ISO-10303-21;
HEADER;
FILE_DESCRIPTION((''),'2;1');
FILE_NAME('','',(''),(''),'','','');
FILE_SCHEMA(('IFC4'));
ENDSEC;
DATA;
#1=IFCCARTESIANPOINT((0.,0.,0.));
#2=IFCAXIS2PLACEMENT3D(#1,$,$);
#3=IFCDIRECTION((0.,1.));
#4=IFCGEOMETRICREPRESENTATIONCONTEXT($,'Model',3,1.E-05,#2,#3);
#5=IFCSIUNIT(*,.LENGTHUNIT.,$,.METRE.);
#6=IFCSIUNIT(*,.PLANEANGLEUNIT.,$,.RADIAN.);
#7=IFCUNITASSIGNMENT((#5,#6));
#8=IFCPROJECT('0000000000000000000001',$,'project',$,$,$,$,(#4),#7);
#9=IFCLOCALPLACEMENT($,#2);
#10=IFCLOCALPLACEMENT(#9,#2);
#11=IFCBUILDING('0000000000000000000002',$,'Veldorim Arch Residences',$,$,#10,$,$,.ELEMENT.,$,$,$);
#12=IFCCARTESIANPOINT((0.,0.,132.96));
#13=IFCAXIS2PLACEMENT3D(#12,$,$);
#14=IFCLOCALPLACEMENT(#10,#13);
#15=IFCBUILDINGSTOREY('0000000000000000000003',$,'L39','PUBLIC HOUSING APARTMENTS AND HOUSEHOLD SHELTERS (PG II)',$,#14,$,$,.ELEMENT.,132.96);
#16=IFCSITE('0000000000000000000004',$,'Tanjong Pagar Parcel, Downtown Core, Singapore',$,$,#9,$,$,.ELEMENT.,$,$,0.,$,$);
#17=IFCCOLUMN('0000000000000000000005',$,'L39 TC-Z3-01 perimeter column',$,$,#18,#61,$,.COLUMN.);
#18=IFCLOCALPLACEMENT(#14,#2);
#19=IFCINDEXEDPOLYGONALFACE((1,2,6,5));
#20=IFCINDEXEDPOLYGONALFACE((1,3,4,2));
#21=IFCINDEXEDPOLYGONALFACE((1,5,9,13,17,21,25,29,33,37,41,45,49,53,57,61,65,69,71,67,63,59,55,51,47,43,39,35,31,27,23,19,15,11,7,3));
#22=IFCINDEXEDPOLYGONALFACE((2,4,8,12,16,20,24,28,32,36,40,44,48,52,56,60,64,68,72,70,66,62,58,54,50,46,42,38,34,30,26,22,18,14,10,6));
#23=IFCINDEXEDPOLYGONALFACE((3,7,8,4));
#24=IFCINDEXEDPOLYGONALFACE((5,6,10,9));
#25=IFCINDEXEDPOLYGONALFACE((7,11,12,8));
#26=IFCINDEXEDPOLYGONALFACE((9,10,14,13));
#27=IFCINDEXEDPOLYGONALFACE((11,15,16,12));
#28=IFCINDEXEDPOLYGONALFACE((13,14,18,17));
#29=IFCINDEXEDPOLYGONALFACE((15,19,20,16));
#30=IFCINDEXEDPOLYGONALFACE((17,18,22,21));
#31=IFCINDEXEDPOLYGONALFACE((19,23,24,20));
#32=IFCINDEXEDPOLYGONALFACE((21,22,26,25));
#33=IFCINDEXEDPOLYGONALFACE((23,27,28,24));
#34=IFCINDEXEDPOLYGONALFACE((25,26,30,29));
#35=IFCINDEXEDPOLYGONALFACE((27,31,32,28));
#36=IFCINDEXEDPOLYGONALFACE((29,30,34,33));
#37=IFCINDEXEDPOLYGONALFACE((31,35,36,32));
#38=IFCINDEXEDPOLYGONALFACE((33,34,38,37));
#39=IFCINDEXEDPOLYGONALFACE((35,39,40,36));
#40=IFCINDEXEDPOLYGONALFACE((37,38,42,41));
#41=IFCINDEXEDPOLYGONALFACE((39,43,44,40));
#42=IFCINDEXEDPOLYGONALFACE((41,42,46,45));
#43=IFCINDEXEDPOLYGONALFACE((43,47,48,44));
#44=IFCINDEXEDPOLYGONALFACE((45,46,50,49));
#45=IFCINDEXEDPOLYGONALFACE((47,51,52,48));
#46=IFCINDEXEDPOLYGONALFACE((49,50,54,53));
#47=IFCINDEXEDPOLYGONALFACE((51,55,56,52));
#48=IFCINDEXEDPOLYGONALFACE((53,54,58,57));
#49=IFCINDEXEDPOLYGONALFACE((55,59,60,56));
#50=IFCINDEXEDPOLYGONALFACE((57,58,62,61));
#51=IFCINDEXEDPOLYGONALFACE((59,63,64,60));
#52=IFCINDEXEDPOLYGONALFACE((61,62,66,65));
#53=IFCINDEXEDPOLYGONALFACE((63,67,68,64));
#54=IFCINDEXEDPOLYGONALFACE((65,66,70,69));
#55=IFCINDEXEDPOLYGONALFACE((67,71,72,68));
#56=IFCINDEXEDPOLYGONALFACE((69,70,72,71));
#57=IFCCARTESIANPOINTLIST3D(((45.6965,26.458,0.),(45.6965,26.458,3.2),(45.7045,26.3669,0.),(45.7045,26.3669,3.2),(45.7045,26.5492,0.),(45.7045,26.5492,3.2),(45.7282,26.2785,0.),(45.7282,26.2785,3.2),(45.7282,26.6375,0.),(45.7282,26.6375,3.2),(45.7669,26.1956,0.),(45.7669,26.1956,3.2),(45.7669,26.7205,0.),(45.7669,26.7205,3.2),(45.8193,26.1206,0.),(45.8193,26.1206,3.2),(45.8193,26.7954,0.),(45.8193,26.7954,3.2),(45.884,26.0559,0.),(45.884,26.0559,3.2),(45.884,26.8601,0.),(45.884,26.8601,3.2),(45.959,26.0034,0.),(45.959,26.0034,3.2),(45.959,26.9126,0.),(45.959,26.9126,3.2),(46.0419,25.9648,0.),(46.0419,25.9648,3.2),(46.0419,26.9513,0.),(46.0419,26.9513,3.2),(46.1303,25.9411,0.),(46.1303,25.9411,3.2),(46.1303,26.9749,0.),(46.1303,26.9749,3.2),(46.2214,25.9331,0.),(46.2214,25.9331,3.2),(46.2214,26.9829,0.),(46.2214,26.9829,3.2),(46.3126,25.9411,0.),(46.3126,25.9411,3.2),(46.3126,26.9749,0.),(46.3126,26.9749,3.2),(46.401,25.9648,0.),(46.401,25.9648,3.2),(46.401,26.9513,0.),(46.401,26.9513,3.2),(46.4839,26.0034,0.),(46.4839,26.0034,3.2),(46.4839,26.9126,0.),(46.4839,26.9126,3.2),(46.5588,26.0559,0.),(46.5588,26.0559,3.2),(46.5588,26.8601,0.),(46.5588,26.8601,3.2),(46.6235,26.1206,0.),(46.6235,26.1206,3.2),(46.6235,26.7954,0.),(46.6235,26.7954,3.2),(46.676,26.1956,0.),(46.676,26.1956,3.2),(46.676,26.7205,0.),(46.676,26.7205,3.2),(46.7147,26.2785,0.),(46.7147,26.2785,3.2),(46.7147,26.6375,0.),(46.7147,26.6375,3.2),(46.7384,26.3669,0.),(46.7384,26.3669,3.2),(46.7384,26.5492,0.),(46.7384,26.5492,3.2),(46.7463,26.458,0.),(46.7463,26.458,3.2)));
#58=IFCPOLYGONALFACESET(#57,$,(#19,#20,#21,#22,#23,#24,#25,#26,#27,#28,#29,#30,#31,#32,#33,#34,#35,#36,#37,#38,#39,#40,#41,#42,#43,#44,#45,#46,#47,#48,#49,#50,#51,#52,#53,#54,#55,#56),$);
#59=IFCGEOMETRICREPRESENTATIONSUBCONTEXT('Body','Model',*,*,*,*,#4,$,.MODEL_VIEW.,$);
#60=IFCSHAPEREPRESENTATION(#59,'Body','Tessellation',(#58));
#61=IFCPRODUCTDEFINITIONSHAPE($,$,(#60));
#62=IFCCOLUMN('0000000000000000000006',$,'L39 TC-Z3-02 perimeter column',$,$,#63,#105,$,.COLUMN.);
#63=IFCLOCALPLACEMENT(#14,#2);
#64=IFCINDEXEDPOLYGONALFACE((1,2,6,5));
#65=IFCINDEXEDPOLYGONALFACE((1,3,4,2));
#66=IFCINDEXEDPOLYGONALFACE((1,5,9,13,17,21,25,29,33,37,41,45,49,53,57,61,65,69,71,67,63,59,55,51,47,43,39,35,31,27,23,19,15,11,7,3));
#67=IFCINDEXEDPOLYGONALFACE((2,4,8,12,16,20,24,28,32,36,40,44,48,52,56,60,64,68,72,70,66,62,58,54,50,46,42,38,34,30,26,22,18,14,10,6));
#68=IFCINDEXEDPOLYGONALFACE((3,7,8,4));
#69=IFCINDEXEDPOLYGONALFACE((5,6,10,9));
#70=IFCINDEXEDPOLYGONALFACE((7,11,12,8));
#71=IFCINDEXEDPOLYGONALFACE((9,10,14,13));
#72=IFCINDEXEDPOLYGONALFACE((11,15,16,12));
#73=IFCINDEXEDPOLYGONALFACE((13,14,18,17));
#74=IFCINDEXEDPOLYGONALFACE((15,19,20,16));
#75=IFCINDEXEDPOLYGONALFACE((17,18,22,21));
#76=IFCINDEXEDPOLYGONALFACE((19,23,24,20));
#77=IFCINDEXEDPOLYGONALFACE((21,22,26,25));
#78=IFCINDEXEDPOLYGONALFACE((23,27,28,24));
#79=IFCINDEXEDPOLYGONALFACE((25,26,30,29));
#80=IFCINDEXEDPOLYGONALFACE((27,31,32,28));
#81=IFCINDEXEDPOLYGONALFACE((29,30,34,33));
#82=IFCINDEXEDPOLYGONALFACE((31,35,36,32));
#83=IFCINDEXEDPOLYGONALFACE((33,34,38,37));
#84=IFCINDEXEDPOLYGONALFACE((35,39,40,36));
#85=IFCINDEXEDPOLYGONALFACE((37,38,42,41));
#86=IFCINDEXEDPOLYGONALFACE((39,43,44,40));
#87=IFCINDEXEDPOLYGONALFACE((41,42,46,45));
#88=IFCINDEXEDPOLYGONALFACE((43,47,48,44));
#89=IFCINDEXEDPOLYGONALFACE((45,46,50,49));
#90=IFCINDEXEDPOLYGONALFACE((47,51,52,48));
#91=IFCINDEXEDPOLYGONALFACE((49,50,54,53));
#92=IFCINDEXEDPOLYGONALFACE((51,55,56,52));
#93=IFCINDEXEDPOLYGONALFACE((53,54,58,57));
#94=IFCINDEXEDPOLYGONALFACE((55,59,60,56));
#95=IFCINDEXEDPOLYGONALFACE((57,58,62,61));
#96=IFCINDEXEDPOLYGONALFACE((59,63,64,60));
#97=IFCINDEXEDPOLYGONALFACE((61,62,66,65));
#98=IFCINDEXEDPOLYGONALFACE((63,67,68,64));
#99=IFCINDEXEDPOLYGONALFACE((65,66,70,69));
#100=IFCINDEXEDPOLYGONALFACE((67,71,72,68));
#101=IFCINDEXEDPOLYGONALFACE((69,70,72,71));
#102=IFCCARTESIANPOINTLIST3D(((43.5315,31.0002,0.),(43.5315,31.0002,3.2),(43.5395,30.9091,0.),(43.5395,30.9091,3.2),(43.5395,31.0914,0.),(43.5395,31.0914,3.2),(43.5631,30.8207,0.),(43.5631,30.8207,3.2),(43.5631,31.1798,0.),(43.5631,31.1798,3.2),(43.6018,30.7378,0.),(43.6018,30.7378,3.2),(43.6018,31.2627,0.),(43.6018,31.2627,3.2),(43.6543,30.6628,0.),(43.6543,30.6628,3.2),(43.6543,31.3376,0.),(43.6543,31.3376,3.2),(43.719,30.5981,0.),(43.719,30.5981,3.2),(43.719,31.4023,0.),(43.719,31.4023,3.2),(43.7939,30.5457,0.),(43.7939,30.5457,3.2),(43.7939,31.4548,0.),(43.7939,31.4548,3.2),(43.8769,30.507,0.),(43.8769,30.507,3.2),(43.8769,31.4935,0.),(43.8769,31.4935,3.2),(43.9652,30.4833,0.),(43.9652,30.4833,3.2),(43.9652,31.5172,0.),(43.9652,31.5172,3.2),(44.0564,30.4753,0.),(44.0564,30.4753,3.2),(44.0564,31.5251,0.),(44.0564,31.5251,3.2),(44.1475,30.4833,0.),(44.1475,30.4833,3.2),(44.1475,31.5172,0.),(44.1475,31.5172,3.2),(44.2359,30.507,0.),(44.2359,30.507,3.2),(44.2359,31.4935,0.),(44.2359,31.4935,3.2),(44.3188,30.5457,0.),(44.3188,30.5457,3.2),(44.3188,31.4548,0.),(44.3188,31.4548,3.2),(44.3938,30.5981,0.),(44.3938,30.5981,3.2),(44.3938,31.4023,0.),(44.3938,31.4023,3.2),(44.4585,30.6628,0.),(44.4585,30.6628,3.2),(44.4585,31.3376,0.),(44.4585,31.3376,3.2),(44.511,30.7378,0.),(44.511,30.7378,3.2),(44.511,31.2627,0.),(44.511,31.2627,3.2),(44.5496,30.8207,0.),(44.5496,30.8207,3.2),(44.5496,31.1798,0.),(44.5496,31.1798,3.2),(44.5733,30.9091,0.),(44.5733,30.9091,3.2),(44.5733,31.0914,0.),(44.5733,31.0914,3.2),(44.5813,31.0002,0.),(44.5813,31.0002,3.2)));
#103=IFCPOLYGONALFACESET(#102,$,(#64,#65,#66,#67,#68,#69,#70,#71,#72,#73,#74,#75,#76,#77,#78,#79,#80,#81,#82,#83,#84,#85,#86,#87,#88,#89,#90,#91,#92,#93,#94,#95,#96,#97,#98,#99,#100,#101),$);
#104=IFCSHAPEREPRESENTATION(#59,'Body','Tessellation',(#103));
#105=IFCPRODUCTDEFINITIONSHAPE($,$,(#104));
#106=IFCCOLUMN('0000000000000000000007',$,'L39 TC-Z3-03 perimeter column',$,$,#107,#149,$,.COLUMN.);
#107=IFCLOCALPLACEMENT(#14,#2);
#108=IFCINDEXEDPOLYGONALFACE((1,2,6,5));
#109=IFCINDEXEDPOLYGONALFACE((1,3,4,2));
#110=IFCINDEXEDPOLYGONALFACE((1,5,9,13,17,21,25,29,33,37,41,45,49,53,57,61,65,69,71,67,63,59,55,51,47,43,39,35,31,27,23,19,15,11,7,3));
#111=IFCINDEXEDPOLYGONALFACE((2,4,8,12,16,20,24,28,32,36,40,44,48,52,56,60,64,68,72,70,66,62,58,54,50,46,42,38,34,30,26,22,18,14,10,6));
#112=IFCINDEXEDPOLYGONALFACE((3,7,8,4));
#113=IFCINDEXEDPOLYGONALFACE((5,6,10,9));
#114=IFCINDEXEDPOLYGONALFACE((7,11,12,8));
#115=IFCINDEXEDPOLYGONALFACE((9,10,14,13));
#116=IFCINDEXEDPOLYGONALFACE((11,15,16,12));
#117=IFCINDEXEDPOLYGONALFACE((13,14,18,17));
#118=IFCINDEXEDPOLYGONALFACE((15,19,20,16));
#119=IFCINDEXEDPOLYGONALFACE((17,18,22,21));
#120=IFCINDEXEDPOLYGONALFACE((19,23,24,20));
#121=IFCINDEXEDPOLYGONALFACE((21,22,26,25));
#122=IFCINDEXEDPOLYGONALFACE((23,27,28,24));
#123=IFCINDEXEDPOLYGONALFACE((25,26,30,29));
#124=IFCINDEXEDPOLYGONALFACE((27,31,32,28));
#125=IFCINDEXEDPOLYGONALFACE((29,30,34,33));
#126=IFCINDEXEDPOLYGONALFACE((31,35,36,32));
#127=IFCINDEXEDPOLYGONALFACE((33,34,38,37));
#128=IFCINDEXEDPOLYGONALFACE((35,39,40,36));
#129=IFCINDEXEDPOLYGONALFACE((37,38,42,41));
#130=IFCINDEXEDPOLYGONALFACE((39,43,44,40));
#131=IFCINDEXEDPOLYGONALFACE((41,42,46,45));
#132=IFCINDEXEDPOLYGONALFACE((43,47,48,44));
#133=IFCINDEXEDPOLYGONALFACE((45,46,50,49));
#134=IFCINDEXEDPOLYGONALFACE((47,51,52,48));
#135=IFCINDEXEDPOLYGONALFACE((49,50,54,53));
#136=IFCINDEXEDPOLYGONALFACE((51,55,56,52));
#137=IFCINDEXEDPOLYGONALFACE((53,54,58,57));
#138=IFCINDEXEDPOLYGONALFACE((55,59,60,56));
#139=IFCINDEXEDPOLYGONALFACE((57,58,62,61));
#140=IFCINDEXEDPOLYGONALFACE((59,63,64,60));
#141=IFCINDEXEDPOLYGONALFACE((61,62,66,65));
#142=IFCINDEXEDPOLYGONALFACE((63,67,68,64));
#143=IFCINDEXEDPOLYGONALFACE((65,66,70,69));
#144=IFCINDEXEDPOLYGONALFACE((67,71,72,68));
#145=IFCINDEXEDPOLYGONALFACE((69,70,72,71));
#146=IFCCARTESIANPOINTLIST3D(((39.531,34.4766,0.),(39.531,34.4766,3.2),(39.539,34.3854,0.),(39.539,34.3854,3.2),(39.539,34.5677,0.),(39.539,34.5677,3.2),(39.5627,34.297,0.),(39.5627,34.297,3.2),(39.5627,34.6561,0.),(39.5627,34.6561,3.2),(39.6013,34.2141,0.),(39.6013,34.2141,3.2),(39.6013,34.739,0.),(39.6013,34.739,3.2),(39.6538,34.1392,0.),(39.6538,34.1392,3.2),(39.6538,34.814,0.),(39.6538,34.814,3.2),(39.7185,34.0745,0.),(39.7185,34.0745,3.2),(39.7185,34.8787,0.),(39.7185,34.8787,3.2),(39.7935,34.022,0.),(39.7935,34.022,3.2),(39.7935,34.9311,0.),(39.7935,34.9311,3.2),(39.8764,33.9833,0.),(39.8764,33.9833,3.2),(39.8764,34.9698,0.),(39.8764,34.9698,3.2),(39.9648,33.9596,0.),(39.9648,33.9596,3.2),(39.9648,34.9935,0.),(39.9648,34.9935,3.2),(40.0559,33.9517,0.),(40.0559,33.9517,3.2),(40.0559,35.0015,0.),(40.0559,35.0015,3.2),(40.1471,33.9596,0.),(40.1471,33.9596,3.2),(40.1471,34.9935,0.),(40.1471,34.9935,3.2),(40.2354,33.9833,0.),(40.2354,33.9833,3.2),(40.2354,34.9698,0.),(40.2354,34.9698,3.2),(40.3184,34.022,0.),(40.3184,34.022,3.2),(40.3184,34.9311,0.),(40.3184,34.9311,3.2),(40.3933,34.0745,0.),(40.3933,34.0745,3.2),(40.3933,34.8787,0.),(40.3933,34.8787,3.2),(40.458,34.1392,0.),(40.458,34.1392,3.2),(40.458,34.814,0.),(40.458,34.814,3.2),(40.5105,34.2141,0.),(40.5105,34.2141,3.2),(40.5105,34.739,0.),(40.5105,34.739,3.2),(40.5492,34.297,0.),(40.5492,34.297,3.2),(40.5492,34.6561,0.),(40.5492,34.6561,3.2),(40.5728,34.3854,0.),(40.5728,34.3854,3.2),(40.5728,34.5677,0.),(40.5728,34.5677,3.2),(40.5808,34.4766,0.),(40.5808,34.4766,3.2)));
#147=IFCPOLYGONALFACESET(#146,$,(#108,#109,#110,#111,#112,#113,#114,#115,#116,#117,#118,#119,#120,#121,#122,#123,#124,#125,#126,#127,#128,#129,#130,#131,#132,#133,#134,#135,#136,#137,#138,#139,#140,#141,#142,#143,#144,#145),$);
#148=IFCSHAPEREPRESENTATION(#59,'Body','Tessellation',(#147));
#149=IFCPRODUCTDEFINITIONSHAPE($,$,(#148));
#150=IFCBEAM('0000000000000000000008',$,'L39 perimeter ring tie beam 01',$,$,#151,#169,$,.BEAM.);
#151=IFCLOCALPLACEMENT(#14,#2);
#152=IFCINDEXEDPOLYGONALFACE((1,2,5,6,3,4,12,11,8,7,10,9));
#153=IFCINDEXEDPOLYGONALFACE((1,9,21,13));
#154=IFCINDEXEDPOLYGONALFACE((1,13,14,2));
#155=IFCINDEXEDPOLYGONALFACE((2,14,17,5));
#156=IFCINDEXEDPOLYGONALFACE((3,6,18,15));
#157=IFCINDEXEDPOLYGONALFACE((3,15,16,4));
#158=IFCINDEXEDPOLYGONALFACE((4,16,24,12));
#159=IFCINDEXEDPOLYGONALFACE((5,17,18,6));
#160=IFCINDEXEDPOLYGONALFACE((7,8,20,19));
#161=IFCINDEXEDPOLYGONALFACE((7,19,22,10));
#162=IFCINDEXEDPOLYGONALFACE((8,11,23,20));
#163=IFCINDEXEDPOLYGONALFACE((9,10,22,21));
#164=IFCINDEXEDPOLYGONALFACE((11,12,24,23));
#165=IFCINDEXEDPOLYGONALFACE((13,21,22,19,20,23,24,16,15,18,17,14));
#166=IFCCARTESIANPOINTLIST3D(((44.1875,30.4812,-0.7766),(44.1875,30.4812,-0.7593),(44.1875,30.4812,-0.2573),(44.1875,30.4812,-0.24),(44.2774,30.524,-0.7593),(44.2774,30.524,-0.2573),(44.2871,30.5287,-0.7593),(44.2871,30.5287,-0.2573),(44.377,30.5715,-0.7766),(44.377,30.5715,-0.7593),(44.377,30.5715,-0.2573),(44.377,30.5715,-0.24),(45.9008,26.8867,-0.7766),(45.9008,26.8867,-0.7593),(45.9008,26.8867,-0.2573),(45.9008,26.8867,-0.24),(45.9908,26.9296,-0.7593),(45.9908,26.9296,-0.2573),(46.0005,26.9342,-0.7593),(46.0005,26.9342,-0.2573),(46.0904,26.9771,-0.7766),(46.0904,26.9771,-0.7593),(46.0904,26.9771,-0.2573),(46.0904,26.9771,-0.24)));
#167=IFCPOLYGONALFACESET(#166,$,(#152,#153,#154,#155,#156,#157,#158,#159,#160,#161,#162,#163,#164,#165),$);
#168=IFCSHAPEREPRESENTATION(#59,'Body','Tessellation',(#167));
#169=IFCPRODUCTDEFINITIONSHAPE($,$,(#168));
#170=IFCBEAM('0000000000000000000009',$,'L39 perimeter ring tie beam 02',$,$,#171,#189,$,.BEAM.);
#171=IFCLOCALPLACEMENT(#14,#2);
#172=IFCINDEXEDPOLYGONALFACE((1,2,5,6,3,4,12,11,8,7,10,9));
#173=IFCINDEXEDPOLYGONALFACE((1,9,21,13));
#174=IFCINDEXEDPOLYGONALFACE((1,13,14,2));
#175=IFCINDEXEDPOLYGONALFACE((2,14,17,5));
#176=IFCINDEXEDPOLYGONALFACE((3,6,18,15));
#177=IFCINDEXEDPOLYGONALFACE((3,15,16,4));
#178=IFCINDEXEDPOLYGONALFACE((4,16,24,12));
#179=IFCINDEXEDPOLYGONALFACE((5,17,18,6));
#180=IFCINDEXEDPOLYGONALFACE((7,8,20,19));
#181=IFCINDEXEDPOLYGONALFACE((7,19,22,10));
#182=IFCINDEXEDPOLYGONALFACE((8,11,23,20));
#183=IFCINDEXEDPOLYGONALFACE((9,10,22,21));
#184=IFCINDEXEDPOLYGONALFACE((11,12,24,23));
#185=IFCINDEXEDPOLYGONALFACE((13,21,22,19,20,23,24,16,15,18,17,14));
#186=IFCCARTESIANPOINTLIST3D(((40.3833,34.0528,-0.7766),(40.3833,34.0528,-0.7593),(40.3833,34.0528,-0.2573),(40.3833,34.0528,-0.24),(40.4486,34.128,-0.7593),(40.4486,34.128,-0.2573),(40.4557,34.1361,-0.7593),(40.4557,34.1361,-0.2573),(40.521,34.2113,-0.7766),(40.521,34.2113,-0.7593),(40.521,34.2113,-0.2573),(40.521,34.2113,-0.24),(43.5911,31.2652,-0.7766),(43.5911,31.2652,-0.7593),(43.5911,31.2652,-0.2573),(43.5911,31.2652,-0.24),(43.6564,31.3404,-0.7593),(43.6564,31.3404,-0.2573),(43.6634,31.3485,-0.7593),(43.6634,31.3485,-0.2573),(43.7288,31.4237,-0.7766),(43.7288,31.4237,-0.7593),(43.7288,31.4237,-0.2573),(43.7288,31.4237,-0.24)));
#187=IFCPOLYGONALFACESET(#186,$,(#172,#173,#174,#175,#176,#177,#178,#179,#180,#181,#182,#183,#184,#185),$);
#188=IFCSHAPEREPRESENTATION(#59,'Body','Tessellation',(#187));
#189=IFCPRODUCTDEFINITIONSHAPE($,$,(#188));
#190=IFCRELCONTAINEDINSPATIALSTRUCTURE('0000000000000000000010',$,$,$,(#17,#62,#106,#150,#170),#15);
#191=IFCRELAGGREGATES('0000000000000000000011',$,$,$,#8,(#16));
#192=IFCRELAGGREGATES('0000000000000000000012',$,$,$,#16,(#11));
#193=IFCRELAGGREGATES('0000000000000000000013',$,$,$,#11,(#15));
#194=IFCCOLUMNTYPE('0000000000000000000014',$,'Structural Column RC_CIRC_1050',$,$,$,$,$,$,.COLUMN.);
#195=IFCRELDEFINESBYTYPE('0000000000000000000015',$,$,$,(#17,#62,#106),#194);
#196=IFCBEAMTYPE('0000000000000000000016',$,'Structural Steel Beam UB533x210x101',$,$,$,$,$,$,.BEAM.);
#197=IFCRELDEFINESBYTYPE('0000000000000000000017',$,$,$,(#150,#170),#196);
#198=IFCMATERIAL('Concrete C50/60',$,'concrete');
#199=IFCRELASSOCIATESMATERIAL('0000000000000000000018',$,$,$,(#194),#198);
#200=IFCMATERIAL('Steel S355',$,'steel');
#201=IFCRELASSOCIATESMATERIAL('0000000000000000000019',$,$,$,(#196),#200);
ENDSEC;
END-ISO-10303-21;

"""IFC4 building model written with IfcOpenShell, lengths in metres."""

from ifc_helpers import new_model, si_unit, direction, frame, origin, origin_2d, place, context, subcontext, project, spatial, circle, i_section, extrude, material, material_profile, profile_set, type_object, element, save


model = new_model("IFC4")

# Units and contexts
model_context = context("Model", 3, precision=1e-05, world=origin(), true_north=direction((0.0, 1.0)))
body_context = subcontext(model_context, "Body", "Model", "MODEL_VIEW")
ifc_project = project(units=[si_unit("LENGTHUNIT", "METRE"), si_unit("PLANEANGLEUNIT", "RADIAN")], contexts=[model_context])

# Site, building, storey
site_placement = place(None, origin())
site = spatial("IfcSite", under=ifc_project, at=site_placement, Name="Tanjong Pagar Parcel, Downtown Core, Singapore", CompositionType="ELEMENT", RefElevation=0.0)
building_placement = place(site_placement, origin())
building = spatial("IfcBuilding", under=site, at=building_placement, Name="Veldorim Arch Residences", CompositionType="ELEMENT")
storey_placement = place(building_placement, frame((0.0, 0.0, 132.96)))
storey = spatial("IfcBuildingStorey", under=building, at=storey_placement, Name="L39", Description="PUBLIC HOUSING APARTMENTS AND HOUSEHOLD SHELTERS (PG II)", CompositionType="ELEMENT", Elevation=132.96)

# Columns
ifc_material_1 = material(Name="Concrete C50/60", Category="concrete")
ifc_material_profile_1 = material_profile(ifc_material_1, circle(Radius=0.5249, at=origin_2d()), Name="RC_CIRC_1050")
ifc_profile_set_1 = profile_set([ifc_material_profile_1], Name="Concrete C50/60")
column_type = type_object("IfcColumnType", Name="Structural Column RC_CIRC_1050", PredefinedType="COLUMN", material=ifc_profile_set_1)
for number, where, z_axis, x_axis, name in (
    (1, (46.2214, 26.458, 0.0), (0.0, 0.0, 1.0), (1.0, 0.0, 0.0), "L39 TC-Z3-01 perimeter column"),
    (2, (44.0564, 31.0002, 0.0), (0.0, 0.0, 1.0), (1.0, 0.0, 0.0), "L39 TC-Z3-02 perimeter column"),
    (3, (40.0559, 34.4766, 0.0), (0.0, 0.0, 1.0), (1.0, 0.0, 0.0), "L39 TC-Z3-03 perimeter column"),
):
    element("IfcColumn", number, at=place(storey_placement, frame(where, z_axis=z_axis, x_axis=x_axis)), inside=storey, type_object=column_type, Name=name, PredefinedType="COLUMN", context=body_context, shape_type="SweptSolid", body=[
        extrude(circle(Radius=0.5249, at=origin_2d()), origin(), (0.0, 0.0, 1.0), 3.2),
    ])

# Beams
ifc_material_2 = material(Name="Steel S355", Category="steel")
ifc_material_profile_2 = material_profile(ifc_material_2, i_section(OverallWidth=0.21, OverallDepth=0.5366, WebThickness=0.0107, FlangeThickness=0.0173, at=origin_2d()), Name="UB533x210x101")
ifc_profile_set_2 = profile_set([ifc_material_profile_2], Name="Steel S355")
beam_type_1 = type_object("IfcBeamType", Name="Structural Steel Beam UB533x210x101", PredefinedType="BEAM", material=ifc_profile_set_2)
beam_1_placement = place(storey_placement, frame((45.9956, 26.9319, -0.5083), z_axis=(-0.430286, 0.902693, 0.0), x_axis=(-0.902693, -0.430286, 0.0)))
element("IfcBeam", 4, at=beam_1_placement, inside=storey, type_object=beam_type_1, Name="L39 perimeter ring tie beam 01", PredefinedType="BEAM", context=body_context, shape_type="SweptSolid", body=[
    extrude(i_section(OverallWidth=0.21, OverallDepth=0.5366, WebThickness=0.0107, FlangeThickness=0.0173, at=origin_2d()), origin(), (0.0, 0.0, 1.0), 3.9819),
])
beam_2_placement = place(storey_placement, frame((43.6599, 31.3445, -0.5083), z_axis=(-0.754811, 0.655943, 0.0), x_axis=(-0.655943, -0.754811, 0.0)))
element("IfcBeam", 5, at=beam_2_placement, inside=storey, type_object=beam_type_1, Name="L39 perimeter ring tie beam 02", PredefinedType="BEAM", context=body_context, shape_type="SweptSolid", body=[
    extrude(i_section(OverallWidth=0.21, OverallDepth=0.5366, WebThickness=0.0107, FlangeThickness=0.0173, at=origin_2d()), origin(), (0.0, 0.0, 1.0), 4.2498),
])

save(model, "model.ifc")
